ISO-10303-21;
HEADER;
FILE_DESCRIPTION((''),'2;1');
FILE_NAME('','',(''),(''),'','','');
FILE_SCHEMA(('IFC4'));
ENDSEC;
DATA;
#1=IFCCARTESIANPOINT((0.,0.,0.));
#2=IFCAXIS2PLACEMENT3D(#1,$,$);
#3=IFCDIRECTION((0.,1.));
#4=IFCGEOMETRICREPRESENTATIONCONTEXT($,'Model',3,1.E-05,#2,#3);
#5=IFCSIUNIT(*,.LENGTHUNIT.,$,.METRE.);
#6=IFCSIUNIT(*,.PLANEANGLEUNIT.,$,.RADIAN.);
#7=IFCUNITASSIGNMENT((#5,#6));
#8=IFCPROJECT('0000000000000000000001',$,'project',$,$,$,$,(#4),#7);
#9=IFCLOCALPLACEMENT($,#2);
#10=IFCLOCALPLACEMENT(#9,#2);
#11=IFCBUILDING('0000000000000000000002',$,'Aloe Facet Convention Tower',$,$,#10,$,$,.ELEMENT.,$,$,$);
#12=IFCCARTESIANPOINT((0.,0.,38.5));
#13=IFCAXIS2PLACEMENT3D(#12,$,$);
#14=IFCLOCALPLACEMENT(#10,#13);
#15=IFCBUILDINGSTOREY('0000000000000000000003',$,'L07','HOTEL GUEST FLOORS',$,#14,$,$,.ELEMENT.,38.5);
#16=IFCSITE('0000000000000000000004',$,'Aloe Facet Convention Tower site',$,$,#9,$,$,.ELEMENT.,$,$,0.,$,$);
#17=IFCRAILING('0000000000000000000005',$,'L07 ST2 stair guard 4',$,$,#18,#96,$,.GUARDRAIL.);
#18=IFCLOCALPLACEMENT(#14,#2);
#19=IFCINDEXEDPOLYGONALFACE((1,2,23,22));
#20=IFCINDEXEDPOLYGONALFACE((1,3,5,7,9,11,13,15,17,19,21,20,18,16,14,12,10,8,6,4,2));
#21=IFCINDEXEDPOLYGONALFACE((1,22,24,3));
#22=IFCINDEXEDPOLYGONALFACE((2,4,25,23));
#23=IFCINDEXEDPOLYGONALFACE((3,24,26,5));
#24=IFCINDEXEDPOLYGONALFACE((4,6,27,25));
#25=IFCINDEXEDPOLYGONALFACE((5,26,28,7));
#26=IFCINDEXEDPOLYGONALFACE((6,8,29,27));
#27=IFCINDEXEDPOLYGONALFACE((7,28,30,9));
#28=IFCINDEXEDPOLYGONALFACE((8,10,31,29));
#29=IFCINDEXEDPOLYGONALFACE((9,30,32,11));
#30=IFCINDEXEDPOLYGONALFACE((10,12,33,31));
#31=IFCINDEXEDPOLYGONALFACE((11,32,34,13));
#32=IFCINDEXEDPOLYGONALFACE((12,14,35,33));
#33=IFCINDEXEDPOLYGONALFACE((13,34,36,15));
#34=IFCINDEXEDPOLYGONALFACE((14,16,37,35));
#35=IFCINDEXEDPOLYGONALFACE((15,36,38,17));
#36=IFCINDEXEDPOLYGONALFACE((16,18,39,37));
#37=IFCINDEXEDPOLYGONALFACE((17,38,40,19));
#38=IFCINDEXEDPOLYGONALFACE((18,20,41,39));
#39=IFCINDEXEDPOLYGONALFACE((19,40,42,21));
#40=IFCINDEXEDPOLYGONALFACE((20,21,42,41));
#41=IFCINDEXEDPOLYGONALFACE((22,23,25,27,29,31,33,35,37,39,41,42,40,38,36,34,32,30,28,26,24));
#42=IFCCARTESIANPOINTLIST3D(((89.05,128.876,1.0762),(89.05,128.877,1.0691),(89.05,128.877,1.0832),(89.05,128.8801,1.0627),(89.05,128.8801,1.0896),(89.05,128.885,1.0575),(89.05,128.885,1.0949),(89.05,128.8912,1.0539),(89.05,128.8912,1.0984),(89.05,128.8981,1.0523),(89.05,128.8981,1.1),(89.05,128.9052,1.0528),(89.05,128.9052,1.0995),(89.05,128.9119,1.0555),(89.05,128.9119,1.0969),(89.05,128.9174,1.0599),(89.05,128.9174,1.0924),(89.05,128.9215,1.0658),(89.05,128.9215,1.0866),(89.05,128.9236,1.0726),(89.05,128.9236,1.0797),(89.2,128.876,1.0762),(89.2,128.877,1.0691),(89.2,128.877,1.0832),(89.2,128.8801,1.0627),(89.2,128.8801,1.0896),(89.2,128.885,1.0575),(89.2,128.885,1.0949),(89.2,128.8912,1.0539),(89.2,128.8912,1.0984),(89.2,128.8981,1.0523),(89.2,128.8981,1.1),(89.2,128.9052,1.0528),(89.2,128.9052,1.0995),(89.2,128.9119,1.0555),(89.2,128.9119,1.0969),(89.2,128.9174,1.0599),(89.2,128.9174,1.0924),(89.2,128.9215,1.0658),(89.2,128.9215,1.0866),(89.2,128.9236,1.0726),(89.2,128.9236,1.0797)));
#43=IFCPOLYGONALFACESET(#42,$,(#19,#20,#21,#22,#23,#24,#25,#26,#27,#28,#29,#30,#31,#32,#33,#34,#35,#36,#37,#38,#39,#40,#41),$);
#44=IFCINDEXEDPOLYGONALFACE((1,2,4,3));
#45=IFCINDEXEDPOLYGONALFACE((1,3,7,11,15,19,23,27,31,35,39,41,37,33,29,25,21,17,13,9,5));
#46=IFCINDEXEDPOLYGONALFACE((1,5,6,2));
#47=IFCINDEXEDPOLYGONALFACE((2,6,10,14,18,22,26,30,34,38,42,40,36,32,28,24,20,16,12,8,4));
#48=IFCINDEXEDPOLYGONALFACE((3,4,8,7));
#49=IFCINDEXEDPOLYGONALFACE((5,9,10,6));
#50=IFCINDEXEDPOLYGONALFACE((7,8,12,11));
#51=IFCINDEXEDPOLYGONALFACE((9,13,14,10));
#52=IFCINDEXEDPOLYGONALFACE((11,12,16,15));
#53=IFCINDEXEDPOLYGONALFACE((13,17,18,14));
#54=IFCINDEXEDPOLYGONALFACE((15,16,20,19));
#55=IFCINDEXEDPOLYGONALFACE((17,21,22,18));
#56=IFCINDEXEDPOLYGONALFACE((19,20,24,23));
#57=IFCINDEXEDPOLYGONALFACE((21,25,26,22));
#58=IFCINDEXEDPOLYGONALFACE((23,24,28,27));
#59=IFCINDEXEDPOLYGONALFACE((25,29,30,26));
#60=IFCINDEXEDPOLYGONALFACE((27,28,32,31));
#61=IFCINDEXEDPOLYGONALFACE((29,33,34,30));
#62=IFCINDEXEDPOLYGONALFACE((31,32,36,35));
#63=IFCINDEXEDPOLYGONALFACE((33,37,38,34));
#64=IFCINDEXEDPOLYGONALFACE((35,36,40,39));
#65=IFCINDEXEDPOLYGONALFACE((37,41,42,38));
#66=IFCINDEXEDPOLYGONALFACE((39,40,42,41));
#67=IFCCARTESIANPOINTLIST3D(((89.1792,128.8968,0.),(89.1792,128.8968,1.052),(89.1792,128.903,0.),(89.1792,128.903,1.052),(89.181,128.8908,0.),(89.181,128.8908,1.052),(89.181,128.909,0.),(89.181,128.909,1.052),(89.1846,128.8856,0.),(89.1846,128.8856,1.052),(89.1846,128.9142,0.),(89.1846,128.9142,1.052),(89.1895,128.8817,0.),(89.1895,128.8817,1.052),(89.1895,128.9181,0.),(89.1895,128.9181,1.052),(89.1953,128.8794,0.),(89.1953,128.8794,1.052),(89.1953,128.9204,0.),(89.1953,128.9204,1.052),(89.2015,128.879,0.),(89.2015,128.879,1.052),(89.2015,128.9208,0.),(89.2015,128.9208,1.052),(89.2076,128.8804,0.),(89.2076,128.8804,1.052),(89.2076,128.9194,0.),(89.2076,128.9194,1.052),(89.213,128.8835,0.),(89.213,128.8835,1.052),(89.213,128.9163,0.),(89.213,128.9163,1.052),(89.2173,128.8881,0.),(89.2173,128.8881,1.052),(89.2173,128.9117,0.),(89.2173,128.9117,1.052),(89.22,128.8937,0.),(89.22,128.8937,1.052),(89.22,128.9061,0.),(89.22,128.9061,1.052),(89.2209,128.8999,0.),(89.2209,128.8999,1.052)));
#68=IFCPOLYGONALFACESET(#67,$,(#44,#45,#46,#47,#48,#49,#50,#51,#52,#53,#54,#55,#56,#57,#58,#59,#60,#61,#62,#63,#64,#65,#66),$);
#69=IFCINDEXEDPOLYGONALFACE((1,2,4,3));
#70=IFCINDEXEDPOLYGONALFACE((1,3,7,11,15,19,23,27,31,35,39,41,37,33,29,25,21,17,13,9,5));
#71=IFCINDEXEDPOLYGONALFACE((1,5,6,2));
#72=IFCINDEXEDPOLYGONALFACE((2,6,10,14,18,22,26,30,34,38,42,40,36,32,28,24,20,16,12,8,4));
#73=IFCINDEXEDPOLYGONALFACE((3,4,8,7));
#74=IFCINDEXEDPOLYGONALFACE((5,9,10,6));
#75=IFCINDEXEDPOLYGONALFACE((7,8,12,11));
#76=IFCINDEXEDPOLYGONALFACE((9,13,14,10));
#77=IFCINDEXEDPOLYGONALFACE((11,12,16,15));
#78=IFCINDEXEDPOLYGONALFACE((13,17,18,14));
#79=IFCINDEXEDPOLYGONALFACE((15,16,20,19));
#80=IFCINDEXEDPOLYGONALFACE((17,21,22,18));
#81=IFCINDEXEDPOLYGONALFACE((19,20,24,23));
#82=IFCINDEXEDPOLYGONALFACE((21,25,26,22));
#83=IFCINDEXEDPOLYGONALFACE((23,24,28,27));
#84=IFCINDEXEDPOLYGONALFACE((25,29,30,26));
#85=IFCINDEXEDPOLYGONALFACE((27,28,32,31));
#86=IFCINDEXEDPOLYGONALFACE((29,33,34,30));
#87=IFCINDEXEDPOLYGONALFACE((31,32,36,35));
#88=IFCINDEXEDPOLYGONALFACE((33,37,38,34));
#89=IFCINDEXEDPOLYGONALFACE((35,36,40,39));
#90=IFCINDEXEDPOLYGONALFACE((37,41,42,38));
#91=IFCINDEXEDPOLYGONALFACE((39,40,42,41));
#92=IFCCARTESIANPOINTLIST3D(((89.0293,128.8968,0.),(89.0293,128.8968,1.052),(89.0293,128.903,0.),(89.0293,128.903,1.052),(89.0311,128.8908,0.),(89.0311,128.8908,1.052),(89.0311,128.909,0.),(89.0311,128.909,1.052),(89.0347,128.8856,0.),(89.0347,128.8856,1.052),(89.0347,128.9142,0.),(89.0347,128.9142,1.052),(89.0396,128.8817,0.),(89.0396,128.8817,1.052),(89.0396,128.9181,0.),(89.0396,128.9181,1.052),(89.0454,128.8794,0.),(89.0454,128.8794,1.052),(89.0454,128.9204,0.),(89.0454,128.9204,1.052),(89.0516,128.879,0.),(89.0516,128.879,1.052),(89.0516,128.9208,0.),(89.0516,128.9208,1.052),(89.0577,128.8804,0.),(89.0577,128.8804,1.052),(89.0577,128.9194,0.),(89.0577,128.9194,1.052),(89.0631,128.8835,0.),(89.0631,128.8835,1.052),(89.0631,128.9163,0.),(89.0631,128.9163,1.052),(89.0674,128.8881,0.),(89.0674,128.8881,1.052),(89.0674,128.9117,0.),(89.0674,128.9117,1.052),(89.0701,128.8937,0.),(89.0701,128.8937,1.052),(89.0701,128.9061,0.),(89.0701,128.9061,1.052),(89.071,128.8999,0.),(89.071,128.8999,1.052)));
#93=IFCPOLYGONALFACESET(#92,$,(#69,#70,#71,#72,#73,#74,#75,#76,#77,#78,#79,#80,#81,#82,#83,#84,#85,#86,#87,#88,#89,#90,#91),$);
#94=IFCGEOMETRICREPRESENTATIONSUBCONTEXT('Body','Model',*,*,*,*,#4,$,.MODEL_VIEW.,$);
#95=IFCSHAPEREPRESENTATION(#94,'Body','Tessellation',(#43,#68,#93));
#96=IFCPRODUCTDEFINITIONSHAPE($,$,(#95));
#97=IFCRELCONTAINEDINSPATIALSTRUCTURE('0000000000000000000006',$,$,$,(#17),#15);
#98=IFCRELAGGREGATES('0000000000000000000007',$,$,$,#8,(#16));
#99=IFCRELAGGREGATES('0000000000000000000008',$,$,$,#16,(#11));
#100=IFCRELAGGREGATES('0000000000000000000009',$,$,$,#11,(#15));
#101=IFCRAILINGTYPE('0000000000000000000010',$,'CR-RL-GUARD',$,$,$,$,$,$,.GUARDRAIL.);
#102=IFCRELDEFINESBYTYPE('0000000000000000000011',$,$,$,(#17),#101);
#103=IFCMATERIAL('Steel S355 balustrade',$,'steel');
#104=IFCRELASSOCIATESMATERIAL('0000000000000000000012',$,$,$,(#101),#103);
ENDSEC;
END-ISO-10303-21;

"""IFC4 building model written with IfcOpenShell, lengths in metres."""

from ifc_helpers import new_model, si_unit, direction, frame, origin, origin_2d, place, context, subcontext, project, spatial, circle, extrude, material, type_object, element, save


model = new_model("IFC4")

# Units and contexts
model_context = context("Model", 3, precision=1e-05, world=origin(), true_north=direction((0.0, 1.0)))
body_context = subcontext(model_context, "Body", "Model", "MODEL_VIEW")
ifc_project = project(units=[si_unit("LENGTHUNIT", "METRE"), si_unit("PLANEANGLEUNIT", "RADIAN")], contexts=[model_context])

# Site, building, storey
site_placement = place(None, origin())
site = spatial("IfcSite", under=ifc_project, at=site_placement, Name="Aloe Facet Convention Tower site", CompositionType="ELEMENT", RefElevation=0.0)
building_placement = place(site_placement, origin())
building = spatial("IfcBuilding", under=site, at=building_placement, Name="Aloe Facet Convention Tower", CompositionType="ELEMENT")
storey_placement = place(building_placement, frame((0.0, 0.0, 38.5)))
storey = spatial("IfcBuildingStorey", under=building, at=storey_placement, Name="L07", Description="HOTEL GUEST FLOORS", CompositionType="ELEMENT", Elevation=38.5)

# Railing
ifc_material_1 = material(Name="Steel S355 balustrade", Category="steel")
railing_type_1 = type_object("IfcRailingType", Name="CR-RL-GUARD", PredefinedType="GUARDRAIL", material=ifc_material_1)
railing_1_placement = place(storey_placement, frame((89.2, 128.8999, 0.0)))
element("IfcRailing", 1, at=railing_1_placement, inside=storey, type_object=railing_type_1, Name="L07 ST2 stair guard 4", PredefinedType="GUARDRAIL", context=body_context, shape_type="SweptSolid", body=[
    extrude(circle(Radius=0.0239, at=origin_2d()), frame((0.0, 0.0, 1.0762), z_axis=(-1.0, 0.0, 0.0), x_axis=(0.0, -1.0, 0.0)), (0.0, 0.0, 1.0), 0.1499),
    extrude(circle(Radius=0.021, at=origin_2d()), origin(), (0.0, 0.0, 1.0), 1.052),
    extrude(circle(Radius=0.021, at=origin_2d()), frame((-0.1499, 0.0, 0.0)), (0.0, 0.0, 1.0), 1.052),
])

save(model, "model.ifc")
